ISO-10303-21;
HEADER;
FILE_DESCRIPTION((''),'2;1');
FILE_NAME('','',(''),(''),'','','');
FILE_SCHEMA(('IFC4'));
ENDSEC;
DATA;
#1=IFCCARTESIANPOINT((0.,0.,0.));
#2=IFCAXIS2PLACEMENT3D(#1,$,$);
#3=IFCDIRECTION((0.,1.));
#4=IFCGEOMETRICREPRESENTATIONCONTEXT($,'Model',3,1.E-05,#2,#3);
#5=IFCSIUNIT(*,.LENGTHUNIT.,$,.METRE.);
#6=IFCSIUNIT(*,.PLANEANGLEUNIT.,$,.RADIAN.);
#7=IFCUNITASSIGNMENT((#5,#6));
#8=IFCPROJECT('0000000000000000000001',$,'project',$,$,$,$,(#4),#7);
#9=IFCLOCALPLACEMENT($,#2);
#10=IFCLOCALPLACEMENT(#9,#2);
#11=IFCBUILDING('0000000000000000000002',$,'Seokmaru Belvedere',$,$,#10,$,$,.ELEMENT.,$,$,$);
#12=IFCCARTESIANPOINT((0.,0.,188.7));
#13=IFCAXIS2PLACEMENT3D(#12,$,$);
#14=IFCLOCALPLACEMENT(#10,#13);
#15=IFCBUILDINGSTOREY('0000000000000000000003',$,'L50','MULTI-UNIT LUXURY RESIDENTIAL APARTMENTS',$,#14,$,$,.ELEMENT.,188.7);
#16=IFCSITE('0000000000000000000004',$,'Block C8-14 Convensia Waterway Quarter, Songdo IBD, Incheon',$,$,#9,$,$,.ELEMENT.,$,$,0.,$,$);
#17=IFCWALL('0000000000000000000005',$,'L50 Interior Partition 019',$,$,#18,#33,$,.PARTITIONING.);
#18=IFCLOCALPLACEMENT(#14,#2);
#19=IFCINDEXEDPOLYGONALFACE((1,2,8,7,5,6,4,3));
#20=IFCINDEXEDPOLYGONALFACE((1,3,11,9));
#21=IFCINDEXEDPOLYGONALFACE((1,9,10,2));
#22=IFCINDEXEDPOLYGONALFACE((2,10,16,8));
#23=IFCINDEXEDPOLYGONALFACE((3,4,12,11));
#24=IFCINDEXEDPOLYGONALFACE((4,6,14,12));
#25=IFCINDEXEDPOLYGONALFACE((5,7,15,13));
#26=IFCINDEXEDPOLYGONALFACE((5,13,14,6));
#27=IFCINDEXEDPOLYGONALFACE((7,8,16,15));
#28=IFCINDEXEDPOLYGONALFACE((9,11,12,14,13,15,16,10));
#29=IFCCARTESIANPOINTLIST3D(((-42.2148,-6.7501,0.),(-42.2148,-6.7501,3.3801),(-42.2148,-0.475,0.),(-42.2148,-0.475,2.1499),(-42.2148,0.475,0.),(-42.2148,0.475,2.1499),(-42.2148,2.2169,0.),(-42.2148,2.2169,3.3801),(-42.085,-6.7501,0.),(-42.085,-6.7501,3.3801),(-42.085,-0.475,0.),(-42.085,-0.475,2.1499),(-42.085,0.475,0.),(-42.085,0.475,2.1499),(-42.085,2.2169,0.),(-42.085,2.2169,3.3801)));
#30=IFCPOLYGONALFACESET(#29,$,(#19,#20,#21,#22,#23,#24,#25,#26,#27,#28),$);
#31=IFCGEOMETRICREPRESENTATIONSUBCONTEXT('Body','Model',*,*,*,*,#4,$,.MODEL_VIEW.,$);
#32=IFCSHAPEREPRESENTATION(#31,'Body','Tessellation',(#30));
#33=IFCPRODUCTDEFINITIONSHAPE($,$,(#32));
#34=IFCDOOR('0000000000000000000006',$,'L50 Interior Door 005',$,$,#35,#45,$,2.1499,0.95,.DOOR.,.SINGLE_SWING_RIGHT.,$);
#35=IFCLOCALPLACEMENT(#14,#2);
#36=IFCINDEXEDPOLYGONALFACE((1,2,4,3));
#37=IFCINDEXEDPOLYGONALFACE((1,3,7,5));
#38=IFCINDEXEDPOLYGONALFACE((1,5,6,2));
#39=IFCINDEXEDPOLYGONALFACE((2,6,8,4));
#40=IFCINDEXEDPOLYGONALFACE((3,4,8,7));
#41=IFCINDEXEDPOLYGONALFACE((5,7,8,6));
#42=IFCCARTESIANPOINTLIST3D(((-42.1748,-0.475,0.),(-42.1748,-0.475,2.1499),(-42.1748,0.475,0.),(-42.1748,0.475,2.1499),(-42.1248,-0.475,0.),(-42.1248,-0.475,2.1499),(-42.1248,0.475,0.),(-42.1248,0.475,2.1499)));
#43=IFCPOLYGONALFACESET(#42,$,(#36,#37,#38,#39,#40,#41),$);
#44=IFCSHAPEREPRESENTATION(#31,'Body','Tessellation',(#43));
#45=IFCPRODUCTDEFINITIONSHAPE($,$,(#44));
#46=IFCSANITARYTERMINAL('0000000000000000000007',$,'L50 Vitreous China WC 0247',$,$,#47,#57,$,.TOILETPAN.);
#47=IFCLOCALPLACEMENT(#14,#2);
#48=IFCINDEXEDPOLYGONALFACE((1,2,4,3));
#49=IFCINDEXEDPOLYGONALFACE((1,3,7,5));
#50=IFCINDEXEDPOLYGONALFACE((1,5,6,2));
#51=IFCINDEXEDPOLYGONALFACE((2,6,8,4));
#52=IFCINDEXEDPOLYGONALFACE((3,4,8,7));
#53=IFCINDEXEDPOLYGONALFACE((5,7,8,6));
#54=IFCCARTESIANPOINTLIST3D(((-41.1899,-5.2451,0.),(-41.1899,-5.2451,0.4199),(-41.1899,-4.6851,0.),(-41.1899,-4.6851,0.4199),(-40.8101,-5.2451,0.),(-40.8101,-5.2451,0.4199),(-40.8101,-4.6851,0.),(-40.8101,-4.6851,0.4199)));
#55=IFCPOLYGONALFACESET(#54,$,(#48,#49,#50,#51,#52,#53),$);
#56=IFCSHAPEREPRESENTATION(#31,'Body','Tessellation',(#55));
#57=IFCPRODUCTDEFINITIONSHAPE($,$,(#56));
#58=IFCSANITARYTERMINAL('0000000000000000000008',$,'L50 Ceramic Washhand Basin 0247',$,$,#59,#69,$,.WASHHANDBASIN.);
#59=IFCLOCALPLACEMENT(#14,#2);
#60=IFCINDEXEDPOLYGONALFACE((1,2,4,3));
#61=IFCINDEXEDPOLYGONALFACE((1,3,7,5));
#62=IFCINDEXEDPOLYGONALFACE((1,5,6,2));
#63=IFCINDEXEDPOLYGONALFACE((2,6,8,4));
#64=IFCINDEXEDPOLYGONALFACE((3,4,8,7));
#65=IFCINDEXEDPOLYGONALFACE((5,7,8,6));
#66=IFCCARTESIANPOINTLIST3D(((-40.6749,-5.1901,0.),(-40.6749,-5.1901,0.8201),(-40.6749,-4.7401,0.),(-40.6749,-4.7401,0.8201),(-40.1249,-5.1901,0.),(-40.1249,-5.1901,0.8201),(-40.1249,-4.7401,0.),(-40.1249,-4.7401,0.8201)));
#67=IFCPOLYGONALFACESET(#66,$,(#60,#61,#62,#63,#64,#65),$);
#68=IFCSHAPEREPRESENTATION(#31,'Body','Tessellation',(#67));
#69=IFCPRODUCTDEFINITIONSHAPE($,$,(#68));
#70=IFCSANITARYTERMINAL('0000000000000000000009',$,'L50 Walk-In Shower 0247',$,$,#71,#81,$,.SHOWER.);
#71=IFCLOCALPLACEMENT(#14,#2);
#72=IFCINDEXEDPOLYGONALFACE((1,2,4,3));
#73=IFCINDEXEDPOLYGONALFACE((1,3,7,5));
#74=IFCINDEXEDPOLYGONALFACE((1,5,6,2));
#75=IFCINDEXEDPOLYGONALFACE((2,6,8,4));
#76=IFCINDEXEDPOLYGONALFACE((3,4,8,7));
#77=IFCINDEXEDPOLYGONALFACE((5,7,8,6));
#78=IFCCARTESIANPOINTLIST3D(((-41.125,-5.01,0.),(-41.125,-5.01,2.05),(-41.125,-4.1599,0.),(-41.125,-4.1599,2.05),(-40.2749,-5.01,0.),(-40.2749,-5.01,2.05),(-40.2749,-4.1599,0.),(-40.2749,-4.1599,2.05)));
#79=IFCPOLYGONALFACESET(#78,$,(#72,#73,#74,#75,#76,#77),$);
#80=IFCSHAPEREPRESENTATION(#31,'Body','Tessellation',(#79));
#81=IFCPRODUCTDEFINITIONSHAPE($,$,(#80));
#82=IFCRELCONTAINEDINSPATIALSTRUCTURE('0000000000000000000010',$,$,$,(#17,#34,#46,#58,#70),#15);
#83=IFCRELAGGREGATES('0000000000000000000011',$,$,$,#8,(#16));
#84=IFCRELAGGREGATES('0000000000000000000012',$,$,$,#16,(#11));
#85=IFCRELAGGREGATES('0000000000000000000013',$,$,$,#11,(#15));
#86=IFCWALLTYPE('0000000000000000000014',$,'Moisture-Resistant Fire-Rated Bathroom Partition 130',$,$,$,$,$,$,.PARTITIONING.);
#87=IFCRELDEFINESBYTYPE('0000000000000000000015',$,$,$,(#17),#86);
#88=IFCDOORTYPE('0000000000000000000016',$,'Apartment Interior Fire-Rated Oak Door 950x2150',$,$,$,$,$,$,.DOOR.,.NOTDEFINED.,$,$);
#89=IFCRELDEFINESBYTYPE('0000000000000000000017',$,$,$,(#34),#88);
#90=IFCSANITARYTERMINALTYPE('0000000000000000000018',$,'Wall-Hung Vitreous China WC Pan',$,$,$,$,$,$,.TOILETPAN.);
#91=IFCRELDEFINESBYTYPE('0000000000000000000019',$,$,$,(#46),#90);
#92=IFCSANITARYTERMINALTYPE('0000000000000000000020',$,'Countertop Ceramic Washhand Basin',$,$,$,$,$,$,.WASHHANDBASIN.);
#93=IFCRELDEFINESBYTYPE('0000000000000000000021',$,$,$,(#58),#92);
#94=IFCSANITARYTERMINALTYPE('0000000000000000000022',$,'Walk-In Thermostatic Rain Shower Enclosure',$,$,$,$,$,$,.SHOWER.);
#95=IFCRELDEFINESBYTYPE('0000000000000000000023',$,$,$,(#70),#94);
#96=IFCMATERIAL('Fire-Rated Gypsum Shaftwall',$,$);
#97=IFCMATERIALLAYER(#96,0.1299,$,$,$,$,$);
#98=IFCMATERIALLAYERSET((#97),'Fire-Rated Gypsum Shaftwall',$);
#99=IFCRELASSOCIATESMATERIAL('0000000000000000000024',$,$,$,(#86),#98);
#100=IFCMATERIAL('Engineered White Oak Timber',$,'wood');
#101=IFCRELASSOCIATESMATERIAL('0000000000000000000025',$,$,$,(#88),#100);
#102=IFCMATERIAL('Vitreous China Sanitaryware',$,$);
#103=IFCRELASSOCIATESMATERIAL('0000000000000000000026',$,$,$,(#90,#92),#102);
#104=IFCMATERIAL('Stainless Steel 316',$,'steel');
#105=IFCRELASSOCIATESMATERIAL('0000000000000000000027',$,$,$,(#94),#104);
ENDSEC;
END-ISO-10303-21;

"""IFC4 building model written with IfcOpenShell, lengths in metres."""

from ifc_helpers import new_model, si_unit, direction, frame, frame_2d, origin, origin_2d, place, context, subcontext, project, spatial, rectangle, extrude, source, transform, mapped, material, layer, layer_set, type_object, type_shapes, element, fill, save


model = new_model("IFC4")

# Units and contexts
model_context = context("Model", 3, precision=1e-05, world=origin(), true_north=direction((0.0, 1.0)))
body_context = subcontext(model_context, "Body", "Model", "MODEL_VIEW")
ifc_project = project(units=[si_unit("LENGTHUNIT", "METRE"), si_unit("PLANEANGLEUNIT", "RADIAN")], contexts=[model_context])

# Site, building, storey
site_placement = place(None, origin())
site = spatial("IfcSite", under=ifc_project, at=site_placement, Name="Block C8-14 Convensia Waterway Quarter, Songdo IBD, Incheon", CompositionType="ELEMENT", RefElevation=0.0)
building_placement = place(site_placement, origin())
building = spatial("IfcBuilding", under=site, at=building_placement, Name="Seokmaru Belvedere", CompositionType="ELEMENT")
storey_placement = place(building_placement, frame((0.0, 0.0, 188.7)))
storey = spatial("IfcBuildingStorey", under=building, at=storey_placement, Name="L50", Description="MULTI-UNIT LUXURY RESIDENTIAL APARTMENTS", CompositionType="ELEMENT", Elevation=188.7)

# Shared definitions
ifc_material_1 = material(Name="Fire-Rated Gypsum Shaftwall")

# Wall, opening, door
ifc_layer_1 = layer(ifc_material_1, 0.1299)
ifc_layer_set_1 = layer_set([ifc_layer_1], Name="Fire-Rated Gypsum Shaftwall")
wall_type_1 = type_object("IfcWallType", Name="Moisture-Resistant Fire-Rated Bathroom Partition 130", PredefinedType="PARTITIONING", material=ifc_layer_set_1)
ifc_material_2 = material(Name="Engineered White Oak Timber", Category="wood")
wall_1_placement = place(storey_placement, frame((-42.1499, -6.75, 0.0), z_axis=(0.0, 0.0, 1.0), x_axis=(0.0, 1.0, 0.0)))
wall_1 = element("IfcWall", 1, at=wall_1_placement, inside=storey, type_object=wall_type_1, Name="L50 Interior Partition 019", PredefinedType="PARTITIONING", context=body_context, shape_type="SweptSolid", body=[
    extrude(rectangle(XDim=8.967, YDim=0.1299, at=frame_2d((4.4834, 0.0))), origin(), (0.0, 0.0, 1.0), 3.3801),
])
opening_1_placement = place(wall_1_placement, frame((6.2749, 0.0, 0.0)))
opening_1 = element("IfcOpeningElement", 2, at=opening_1_placement, cuts=wall_1, PredefinedType="OPENING", context=body_context, shape_type="SweptSolid", body=[
    extrude(rectangle(XDim=0.95, YDim=2.1499, at=frame_2d((0.4751, 1.075))), frame((0.0, 0.075, 0.0), z_axis=(0.0, -1.0, 0.0), x_axis=(1.0, 0.0, 0.0)), (0.0, 0.0, 1.0), 0.1499),
])
door_type_1 = type_object("IfcDoorType", Name="Apartment Interior Fire-Rated Oak Door 950x2150", OperationType="NOTDEFINED", PredefinedType="DOOR", material=ifc_material_2)
shared_shape_1 = source(origin(), body_context, "Body", "SweptSolid", [
    extrude(rectangle(XDim=0.95, YDim=2.1499, at=frame_2d((0.4751, 1.075))), frame((0.0, 0.0249, 0.0), z_axis=(0.0, -1.0, 0.0), x_axis=(1.0, 0.0, 0.0)), (0.0, 0.0, 1.0), 0.05),
])
type_shapes(door_type_1, [shared_shape_1])
door_1_placement = place(opening_1_placement, origin())
door_1 = element("IfcDoor", 3, at=door_1_placement, inside=storey, type_object=door_type_1, Name="L50 Interior Door 005", OperationType="SINGLE_SWING_RIGHT", OverallHeight=2.1499, OverallWidth=0.95, PredefinedType="DOOR", context=body_context, shape_type="MappedRepresentation", body=[
    mapped(shared_shape_1, transform((0.0, 0.0, 0.0), scale=1.0)),
])
fill(opening_1, door_1)

# Sanitary terminals
ifc_material_3 = material(Name="Vitreous China Sanitaryware")
sanitary_terminal_type_1 = type_object("IfcSanitaryTerminalType", Name="Wall-Hung Vitreous China WC Pan", PredefinedType="TOILETPAN", material=ifc_material_3)
shared_shape_2 = source(origin(), body_context, "Body", "SweptSolid", [
    extrude(rectangle(XDim=0.3799, YDim=0.5601, at=origin_2d()), origin(), (0.0, 0.0, 1.0), 0.4199),
])
type_shapes(sanitary_terminal_type_1, [shared_shape_2])
sanitary_terminal_1_placement = place(storey_placement, frame((-41.0, -4.9651, 0.0), z_axis=(0.0, 0.0, 1.0), x_axis=(1.0, 0.0, 0.0)))
element("IfcSanitaryTerminal", 4, at=sanitary_terminal_1_placement, inside=storey, type_object=sanitary_terminal_type_1, Name="L50 Vitreous China WC 0247", PredefinedType="TOILETPAN", context=body_context, shape_type="MappedRepresentation", body=[
    mapped(shared_shape_2, transform((0.0, 0.0, 0.0), scale=1.0)),
])
sanitary_terminal_type_2 = type_object("IfcSanitaryTerminalType", Name="Countertop Ceramic Washhand Basin", PredefinedType="WASHHANDBASIN", material=ifc_material_3)
shared_shape_3 = source(origin(), body_context, "Body", "SweptSolid", [
    extrude(rectangle(XDim=0.55, YDim=0.45, at=origin_2d()), origin(), (0.0, 0.0, 1.0), 0.8201),
])
type_shapes(sanitary_terminal_type_2, [shared_shape_3])
sanitary_terminal_2_placement = place(storey_placement, frame((-40.3999, -4.9651, 0.0), z_axis=(0.0, 0.0, 1.0), x_axis=(1.0, 0.0, 0.0)))
element("IfcSanitaryTerminal", 5, at=sanitary_terminal_2_placement, inside=storey, type_object=sanitary_terminal_type_2, Name="L50 Ceramic Washhand Basin 0247", PredefinedType="WASHHANDBASIN", context=body_context, shape_type="MappedRepresentation", body=[
    mapped(shared_shape_3, transform((0.0, 0.0, 0.0), scale=1.0)),
])
ifc_material_4 = material(Name="Stainless Steel 316", Category="steel")
sanitary_terminal_type_3 = type_object("IfcSanitaryTerminalType", Name="Walk-In Thermostatic Rain Shower Enclosure", PredefinedType="SHOWER", material=ifc_material_4)
shared_shape_4 = source(origin(), body_context, "Body", "SweptSolid", [
    extrude(rectangle(XDim=0.8501, YDim=0.8501, at=origin_2d()), origin(), (0.0, 0.0, 1.0), 2.05),
])
type_shapes(sanitary_terminal_type_3, [shared_shape_4])
sanitary_terminal_3_placement = place(storey_placement, frame((-40.7, -4.585, 0.0), z_axis=(0.0, 0.0, 1.0), x_axis=(1.0, 0.0, 0.0)))
element("IfcSanitaryTerminal", 6, at=sanitary_terminal_3_placement, inside=storey, type_object=sanitary_terminal_type_3, Name="L50 Walk-In Shower 0247", PredefinedType="SHOWER", context=body_context, shape_type="MappedRepresentation", body=[
    mapped(shared_shape_4, transform((0.0, 0.0, 0.0), scale=1.0)),
])

save(model, "model.ifc")
